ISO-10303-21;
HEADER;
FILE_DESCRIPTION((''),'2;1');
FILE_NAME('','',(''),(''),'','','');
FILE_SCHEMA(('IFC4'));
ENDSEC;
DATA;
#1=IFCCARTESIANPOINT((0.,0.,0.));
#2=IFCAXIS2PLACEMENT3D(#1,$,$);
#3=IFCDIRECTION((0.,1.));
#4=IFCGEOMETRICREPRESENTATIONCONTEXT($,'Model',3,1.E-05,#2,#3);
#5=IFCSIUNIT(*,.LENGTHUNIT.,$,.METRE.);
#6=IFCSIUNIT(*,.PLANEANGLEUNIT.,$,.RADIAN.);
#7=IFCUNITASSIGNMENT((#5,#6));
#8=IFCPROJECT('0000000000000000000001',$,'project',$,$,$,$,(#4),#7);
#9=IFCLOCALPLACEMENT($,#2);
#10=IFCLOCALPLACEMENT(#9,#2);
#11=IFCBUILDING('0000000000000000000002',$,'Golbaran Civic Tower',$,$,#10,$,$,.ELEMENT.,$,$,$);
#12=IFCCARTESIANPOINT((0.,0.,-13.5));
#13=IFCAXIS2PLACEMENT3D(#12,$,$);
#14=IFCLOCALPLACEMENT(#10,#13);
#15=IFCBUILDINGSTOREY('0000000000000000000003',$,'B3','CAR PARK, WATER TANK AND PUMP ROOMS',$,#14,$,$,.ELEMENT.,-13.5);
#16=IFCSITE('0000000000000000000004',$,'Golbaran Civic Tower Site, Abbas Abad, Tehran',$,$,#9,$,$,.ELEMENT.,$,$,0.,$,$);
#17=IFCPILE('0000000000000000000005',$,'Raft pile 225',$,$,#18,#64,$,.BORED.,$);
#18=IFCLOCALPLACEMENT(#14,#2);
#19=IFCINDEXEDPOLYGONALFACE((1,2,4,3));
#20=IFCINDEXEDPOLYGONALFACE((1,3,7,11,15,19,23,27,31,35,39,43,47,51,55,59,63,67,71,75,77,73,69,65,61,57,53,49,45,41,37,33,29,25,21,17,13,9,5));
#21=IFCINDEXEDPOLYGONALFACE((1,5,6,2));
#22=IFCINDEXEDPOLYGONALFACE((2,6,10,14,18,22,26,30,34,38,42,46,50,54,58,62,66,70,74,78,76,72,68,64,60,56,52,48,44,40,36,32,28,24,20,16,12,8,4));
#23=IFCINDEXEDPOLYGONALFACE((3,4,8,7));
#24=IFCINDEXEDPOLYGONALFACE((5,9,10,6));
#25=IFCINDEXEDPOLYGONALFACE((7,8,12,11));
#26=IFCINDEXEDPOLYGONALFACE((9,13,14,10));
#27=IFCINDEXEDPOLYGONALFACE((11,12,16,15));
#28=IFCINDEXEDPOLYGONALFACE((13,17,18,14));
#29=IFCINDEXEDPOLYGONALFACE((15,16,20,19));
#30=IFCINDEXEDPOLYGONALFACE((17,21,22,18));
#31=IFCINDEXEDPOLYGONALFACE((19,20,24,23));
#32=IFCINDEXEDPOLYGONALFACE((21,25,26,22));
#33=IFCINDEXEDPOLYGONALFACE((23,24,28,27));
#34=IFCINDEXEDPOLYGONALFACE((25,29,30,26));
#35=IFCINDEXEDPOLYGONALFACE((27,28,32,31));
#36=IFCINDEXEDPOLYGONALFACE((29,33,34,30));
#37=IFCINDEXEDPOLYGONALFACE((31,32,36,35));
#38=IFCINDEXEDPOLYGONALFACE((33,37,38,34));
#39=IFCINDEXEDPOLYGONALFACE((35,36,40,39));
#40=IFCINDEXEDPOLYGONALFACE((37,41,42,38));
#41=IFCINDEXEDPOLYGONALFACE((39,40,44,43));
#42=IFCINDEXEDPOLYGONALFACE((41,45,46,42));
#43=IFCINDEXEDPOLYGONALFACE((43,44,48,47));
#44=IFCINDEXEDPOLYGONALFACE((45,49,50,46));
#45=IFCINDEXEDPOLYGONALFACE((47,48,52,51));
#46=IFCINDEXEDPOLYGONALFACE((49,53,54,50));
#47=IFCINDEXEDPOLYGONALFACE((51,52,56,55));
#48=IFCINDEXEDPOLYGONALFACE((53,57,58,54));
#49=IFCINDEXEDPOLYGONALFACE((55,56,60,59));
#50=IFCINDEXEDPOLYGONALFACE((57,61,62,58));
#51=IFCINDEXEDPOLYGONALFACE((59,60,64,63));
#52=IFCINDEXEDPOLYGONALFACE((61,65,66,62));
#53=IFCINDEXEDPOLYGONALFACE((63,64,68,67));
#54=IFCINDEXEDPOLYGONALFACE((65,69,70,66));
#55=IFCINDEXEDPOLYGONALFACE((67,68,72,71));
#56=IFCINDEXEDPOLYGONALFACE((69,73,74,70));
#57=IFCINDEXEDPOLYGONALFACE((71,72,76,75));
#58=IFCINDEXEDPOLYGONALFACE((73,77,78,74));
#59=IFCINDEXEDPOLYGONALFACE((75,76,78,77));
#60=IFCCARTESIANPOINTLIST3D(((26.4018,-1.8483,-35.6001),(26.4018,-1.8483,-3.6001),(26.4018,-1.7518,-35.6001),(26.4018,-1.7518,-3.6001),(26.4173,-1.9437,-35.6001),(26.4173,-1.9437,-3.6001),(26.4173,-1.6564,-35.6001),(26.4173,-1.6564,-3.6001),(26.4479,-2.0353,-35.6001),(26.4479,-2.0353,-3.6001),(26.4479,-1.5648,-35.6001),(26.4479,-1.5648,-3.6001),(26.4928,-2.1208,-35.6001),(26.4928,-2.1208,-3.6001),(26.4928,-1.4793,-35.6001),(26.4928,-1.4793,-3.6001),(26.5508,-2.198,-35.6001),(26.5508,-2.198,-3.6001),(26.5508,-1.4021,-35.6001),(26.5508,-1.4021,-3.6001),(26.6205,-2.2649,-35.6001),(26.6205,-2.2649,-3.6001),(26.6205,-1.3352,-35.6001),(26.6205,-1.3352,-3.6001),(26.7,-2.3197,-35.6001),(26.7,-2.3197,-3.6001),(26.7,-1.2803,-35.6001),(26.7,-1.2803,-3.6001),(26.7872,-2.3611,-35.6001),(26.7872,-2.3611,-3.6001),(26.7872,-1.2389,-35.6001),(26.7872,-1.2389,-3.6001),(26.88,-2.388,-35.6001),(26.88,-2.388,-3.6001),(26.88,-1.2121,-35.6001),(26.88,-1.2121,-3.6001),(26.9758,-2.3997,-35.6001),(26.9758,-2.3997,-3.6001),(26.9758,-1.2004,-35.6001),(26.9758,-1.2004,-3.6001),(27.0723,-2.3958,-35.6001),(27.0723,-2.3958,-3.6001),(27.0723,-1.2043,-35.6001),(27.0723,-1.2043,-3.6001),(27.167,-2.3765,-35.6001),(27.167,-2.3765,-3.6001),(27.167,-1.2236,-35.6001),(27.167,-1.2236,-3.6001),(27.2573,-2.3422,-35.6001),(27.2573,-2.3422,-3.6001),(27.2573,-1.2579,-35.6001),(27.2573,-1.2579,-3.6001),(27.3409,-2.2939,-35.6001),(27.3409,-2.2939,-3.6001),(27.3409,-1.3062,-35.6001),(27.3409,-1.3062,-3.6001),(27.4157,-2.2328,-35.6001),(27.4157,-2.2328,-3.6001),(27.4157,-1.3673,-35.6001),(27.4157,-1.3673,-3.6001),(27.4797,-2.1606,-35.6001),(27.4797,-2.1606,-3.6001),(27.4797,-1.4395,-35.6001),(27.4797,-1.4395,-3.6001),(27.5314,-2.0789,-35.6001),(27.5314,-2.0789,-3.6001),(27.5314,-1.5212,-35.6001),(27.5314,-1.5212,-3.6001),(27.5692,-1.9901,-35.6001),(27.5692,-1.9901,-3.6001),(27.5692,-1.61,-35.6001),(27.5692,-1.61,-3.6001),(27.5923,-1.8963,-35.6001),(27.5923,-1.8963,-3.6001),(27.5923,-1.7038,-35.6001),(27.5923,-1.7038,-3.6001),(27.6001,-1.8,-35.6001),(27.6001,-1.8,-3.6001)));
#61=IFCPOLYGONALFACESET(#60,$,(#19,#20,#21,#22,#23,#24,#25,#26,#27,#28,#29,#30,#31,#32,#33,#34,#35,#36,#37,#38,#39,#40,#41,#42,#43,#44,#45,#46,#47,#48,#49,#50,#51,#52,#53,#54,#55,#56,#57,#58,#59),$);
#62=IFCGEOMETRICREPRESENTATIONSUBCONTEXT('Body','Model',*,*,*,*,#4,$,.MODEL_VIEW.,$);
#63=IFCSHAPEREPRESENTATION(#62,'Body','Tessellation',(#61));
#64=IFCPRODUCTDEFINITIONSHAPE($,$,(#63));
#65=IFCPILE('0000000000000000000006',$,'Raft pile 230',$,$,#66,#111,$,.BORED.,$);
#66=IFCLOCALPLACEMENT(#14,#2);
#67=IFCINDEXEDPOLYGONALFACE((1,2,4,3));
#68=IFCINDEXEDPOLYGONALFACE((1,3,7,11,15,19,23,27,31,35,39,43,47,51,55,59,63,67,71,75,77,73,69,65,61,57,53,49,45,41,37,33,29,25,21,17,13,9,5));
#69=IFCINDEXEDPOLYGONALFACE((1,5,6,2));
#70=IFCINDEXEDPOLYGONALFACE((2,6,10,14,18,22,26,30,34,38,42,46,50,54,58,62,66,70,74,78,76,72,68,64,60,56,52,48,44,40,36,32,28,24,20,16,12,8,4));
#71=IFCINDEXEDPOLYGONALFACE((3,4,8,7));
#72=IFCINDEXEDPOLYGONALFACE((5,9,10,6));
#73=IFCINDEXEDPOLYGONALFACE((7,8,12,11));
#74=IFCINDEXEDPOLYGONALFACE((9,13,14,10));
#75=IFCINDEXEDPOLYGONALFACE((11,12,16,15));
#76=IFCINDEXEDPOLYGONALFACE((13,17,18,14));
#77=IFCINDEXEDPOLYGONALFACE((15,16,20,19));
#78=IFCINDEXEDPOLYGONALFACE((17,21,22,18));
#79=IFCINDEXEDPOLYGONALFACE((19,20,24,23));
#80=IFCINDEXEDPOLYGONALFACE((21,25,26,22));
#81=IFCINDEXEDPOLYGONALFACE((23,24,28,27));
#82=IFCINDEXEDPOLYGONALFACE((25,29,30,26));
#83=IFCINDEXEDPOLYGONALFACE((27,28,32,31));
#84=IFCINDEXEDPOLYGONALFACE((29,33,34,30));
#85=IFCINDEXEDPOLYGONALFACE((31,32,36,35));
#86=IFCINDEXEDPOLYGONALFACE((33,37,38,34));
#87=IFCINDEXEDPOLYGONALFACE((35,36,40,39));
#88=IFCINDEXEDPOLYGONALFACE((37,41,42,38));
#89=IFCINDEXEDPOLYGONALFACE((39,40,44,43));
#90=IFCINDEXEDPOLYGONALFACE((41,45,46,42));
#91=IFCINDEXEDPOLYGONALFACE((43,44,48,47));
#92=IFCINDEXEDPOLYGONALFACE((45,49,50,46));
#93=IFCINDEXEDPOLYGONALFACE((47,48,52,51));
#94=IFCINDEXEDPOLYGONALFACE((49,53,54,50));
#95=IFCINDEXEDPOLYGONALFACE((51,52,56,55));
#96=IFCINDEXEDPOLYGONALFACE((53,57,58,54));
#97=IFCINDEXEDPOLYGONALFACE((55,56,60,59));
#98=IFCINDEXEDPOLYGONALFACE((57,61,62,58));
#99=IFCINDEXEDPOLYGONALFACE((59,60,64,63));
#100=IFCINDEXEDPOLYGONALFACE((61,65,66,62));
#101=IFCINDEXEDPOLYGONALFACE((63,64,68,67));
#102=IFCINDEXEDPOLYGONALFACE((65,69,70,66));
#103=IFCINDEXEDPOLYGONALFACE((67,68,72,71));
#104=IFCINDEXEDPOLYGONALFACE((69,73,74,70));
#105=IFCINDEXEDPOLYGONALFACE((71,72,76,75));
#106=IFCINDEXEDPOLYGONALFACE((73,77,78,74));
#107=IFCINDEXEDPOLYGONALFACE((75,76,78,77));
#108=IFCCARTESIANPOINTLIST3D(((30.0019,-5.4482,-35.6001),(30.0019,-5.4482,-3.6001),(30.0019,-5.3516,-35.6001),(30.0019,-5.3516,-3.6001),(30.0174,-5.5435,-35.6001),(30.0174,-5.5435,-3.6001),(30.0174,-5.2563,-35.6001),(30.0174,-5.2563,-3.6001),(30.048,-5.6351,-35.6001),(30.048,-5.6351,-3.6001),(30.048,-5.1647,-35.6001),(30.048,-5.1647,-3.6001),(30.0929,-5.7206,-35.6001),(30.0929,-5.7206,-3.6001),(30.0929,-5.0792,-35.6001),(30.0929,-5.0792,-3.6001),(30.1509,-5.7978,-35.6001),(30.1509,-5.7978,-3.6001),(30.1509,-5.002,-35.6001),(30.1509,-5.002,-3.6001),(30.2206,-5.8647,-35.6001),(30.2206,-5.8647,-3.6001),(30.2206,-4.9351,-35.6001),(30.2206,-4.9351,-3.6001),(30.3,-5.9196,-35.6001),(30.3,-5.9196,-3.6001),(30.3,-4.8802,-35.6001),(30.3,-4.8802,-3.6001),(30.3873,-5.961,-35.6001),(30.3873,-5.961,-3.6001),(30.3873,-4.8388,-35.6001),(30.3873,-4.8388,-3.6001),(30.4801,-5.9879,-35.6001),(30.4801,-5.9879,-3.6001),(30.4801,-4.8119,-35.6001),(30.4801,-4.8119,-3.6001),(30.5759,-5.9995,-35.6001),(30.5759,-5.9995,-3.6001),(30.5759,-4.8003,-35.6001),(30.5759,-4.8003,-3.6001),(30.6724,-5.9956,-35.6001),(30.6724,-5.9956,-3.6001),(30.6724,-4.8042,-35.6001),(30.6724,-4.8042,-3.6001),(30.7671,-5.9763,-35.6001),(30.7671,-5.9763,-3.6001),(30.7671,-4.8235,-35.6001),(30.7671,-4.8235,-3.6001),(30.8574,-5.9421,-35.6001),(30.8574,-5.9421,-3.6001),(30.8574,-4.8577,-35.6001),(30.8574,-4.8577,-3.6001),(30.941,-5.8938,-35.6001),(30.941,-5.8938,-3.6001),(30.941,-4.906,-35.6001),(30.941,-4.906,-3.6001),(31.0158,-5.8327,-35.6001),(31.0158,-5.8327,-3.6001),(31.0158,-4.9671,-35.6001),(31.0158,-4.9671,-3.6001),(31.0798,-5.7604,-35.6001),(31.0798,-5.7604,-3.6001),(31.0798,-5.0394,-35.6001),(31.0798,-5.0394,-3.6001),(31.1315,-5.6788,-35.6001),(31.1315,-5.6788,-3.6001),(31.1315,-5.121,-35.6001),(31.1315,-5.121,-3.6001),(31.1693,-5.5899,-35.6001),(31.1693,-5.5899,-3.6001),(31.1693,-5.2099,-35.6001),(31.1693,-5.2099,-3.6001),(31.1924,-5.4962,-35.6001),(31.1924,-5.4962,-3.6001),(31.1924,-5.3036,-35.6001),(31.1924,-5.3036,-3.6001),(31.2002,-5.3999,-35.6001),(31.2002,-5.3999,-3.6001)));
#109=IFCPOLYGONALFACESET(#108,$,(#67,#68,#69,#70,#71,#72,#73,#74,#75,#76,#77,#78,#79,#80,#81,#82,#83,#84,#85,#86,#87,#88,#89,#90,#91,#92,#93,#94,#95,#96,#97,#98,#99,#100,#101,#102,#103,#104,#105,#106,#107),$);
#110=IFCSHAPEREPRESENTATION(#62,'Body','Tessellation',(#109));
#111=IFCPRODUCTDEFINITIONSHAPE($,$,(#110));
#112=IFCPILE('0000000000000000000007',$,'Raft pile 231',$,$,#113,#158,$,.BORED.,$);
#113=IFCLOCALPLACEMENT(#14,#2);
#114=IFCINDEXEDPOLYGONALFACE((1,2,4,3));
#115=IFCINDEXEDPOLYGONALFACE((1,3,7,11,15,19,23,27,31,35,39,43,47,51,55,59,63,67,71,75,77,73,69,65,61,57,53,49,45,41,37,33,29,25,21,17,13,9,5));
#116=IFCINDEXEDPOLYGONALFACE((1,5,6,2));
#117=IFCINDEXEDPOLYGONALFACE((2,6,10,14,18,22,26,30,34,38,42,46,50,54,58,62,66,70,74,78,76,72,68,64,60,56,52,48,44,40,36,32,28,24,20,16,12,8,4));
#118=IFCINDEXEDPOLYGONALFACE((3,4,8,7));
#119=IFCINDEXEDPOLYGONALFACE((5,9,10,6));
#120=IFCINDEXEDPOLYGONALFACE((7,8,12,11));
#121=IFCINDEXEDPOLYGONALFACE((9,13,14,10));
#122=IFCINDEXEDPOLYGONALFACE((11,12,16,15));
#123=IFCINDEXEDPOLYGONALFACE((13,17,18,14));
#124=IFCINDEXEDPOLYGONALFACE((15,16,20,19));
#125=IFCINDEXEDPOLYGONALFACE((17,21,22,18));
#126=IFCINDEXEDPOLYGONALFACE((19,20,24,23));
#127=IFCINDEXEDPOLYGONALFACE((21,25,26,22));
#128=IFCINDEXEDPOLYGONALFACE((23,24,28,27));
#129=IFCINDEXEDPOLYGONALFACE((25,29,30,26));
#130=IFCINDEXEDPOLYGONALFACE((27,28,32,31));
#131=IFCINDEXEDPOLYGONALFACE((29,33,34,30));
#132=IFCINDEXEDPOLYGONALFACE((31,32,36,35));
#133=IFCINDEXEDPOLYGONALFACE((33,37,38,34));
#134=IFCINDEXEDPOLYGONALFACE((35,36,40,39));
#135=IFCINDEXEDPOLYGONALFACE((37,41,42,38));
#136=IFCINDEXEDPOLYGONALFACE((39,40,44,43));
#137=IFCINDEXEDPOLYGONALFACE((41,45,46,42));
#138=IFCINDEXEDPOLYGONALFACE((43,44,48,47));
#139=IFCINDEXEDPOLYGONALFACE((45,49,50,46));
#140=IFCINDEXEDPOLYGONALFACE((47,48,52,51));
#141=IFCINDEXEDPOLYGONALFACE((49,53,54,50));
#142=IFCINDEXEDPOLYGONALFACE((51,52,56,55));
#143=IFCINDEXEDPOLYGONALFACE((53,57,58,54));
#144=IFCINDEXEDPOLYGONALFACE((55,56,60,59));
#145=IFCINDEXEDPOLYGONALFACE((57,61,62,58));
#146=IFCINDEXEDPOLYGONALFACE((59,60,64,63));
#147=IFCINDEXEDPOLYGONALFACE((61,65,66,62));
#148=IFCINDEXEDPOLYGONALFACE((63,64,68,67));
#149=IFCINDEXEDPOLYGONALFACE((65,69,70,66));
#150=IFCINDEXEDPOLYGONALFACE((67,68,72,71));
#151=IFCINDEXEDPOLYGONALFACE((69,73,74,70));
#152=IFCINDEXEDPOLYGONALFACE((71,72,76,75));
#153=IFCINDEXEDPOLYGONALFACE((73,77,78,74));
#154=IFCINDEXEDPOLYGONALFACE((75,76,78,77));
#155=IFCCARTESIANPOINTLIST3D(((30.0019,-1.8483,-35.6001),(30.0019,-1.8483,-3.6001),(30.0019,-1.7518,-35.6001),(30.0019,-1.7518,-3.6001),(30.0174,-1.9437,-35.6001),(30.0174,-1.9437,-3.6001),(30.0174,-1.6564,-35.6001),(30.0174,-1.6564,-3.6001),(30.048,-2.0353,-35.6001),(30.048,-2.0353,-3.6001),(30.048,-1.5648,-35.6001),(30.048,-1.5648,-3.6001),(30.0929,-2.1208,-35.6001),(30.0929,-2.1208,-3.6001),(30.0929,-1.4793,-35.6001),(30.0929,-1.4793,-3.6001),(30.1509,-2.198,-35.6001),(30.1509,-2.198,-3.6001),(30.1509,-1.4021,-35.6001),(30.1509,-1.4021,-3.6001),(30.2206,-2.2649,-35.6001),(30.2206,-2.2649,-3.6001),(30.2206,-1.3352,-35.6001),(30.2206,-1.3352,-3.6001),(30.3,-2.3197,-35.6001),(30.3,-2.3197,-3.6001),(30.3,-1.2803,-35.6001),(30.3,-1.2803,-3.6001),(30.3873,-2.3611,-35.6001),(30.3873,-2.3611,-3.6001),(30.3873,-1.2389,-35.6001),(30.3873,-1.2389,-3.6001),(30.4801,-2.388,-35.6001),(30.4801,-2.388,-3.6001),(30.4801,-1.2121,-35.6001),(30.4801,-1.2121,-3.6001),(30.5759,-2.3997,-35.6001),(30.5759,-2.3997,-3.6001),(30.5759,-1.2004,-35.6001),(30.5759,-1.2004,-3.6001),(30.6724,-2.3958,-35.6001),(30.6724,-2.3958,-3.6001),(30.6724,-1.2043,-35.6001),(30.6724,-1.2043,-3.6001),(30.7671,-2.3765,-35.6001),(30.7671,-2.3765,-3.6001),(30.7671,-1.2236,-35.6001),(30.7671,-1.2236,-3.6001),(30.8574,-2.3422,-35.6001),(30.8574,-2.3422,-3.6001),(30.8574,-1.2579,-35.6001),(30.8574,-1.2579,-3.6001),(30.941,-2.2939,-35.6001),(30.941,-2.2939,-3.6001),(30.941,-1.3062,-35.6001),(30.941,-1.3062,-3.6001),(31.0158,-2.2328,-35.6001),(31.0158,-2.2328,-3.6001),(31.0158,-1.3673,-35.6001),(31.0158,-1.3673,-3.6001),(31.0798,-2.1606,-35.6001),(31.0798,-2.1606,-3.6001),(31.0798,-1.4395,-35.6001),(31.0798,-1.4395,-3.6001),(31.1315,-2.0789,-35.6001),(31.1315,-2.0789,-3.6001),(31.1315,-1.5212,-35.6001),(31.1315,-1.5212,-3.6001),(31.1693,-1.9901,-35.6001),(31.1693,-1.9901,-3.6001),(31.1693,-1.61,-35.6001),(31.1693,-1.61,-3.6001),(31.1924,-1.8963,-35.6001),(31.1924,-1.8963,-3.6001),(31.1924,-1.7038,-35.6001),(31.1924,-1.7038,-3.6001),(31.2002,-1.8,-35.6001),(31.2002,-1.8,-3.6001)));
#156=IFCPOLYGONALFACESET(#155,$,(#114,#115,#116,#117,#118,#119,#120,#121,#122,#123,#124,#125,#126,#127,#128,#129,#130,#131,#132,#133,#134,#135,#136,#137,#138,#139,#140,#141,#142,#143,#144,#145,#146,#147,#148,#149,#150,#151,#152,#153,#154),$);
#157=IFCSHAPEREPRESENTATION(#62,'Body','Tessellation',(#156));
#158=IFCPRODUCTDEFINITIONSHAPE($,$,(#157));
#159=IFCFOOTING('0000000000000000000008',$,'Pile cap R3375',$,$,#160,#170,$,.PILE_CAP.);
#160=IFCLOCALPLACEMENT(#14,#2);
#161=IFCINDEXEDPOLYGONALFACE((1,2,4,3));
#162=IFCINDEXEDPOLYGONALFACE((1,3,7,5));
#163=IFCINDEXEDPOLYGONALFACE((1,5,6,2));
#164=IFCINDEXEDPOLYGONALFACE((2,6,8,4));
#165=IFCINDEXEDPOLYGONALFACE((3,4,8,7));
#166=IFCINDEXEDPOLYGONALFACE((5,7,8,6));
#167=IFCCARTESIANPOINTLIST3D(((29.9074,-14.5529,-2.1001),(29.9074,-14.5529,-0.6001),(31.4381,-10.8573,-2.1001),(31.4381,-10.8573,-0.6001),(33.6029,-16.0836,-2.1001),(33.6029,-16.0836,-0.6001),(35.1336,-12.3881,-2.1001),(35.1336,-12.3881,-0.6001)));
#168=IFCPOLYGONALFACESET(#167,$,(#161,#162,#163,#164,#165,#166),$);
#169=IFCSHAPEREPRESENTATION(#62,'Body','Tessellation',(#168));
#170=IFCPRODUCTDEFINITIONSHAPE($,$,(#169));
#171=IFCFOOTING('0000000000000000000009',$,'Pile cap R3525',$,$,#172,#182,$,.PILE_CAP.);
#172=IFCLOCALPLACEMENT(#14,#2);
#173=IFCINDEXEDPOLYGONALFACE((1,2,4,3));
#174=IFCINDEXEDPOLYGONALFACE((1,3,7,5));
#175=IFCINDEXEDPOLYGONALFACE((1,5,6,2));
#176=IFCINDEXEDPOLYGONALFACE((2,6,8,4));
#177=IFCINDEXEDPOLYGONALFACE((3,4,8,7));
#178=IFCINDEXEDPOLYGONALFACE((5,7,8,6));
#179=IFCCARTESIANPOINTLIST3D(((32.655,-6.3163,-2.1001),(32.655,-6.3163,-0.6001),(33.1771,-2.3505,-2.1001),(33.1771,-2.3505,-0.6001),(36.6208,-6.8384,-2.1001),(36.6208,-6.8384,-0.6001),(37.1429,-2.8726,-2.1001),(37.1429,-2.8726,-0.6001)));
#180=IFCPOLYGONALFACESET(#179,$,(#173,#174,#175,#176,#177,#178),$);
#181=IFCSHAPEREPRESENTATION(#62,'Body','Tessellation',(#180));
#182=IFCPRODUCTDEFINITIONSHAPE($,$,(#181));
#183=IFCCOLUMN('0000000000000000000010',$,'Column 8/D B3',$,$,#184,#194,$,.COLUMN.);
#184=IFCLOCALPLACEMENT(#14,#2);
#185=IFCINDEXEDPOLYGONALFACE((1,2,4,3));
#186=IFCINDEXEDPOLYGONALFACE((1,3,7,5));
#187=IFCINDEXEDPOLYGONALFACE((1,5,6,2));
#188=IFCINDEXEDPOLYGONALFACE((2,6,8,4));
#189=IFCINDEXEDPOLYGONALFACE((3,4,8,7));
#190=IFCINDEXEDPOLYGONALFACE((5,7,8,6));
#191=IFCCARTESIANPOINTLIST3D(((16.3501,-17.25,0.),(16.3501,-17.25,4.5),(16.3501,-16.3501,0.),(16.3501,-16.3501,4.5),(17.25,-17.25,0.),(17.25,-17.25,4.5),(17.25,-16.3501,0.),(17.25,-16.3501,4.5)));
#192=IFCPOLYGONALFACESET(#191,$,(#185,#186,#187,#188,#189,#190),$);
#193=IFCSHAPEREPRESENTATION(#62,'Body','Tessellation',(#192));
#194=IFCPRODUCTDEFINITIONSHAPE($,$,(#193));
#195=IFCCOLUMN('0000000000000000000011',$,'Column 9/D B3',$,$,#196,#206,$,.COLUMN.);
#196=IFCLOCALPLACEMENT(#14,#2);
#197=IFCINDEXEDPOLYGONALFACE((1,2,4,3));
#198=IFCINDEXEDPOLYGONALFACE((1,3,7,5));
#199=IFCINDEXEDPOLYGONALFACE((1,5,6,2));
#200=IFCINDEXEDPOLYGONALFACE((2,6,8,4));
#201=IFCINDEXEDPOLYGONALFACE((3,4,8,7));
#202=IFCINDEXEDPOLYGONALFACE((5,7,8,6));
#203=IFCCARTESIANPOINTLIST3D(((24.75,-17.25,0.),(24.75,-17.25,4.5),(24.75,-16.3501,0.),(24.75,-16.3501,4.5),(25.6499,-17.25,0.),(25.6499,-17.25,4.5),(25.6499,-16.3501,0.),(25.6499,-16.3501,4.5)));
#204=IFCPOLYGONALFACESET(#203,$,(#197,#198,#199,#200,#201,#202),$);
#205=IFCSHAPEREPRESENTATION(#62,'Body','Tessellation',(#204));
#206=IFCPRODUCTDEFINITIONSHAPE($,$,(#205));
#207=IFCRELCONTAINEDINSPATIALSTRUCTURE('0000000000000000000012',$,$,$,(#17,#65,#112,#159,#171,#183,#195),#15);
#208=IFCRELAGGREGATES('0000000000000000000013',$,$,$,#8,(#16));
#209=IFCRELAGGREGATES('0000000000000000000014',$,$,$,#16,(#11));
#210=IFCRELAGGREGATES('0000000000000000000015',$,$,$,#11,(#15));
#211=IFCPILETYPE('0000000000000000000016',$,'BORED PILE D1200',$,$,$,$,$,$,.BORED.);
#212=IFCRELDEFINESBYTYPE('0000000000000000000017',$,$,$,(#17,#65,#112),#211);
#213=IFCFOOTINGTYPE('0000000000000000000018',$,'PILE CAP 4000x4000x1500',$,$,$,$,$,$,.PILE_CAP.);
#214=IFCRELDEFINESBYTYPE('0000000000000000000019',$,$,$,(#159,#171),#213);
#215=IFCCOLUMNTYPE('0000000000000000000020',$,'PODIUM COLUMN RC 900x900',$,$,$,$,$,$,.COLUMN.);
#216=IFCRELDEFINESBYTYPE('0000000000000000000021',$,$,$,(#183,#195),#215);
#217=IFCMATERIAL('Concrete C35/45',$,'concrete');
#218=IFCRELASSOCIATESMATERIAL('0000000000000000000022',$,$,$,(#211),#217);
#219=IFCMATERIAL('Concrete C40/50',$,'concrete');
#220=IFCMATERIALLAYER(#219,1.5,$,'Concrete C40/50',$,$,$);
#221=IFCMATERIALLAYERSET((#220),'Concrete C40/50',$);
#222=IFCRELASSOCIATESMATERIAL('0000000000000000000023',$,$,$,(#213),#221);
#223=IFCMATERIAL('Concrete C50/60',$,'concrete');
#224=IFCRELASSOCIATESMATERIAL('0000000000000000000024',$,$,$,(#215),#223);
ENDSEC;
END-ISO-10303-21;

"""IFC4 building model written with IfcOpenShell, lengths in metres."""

from ifc_helpers import new_model, si_unit, direction, frame, origin, origin_2d, place, context, subcontext, project, spatial, rectangle, circle, extrude, material, layer, layer_set, material_profile, profile_set, type_object, element, save


model = new_model("IFC4")

# Units and contexts
model_context = context("Model", 3, precision=1e-05, world=origin(), true_north=direction((0.0, 1.0)))
body_context = subcontext(model_context, "Body", "Model", "MODEL_VIEW")
ifc_project = project(units=[si_unit("LENGTHUNIT", "METRE"), si_unit("PLANEANGLEUNIT", "RADIAN")], contexts=[model_context])

# Site, building, storey
site_placement = place(None, origin())
site = spatial("IfcSite", under=ifc_project, at=site_placement, Name="Golbaran Civic Tower Site, Abbas Abad, Tehran", CompositionType="ELEMENT", RefElevation=0.0)
building_placement = place(site_placement, origin())
building = spatial("IfcBuilding", under=site, at=building_placement, Name="Golbaran Civic Tower", CompositionType="ELEMENT")
storey_placement = place(building_placement, frame((0.0, 0.0, -13.5)))
storey = spatial("IfcBuildingStorey", under=building, at=storey_placement, Name="B3", Description="CAR PARK, WATER TANK AND PUMP ROOMS", CompositionType="ELEMENT", Elevation=-13.5)

# Piles
ifc_material_1 = material(Name="Concrete C35/45", Category="concrete")
ifc_material_profile_1 = material_profile(ifc_material_1, circle(Radius=0.6001, at=origin_2d()), Name="BORED PILE D1200")
ifc_profile_set_1 = profile_set([ifc_material_profile_1], Name="Concrete C35/45")
pile_type_1 = type_object("IfcPileType", Name="BORED PILE D1200", PredefinedType="BORED", material=ifc_profile_set_1)
for number, where, z_axis, x_axis, name in (
    (1, (27.0, -1.8, -3.6001), (0.0, 0.0, -1.0), (1.0, 0.0, 0.0), "Raft pile 225"),
    (2, (30.6001, -5.3999, -3.6001), (0.0, 0.0, -1.0), (1.0, 0.0, 0.0), "Raft pile 230"),
    (3, (30.6001, -1.8, -3.6001), (0.0, 0.0, -1.0), (1.0, 0.0, 0.0), "Raft pile 231"),
):
    element("IfcPile", number, at=place(storey_placement, frame(where, z_axis=z_axis, x_axis=x_axis)), inside=storey, type_object=pile_type_1, Name=name, PredefinedType="BORED", context=body_context, shape_type="SweptSolid", body=[
        extrude(circle(Radius=0.6001, at=origin_2d()), origin(), (0.0, 0.0, 1.0), 32.0),
    ])

# Footings
ifc_material_2 = material(Name="Concrete C40/50", Category="concrete")
ifc_layer = layer(ifc_material_2, 1.5, Name="Concrete C40/50")
ifc_layer_set = layer_set([ifc_layer], Name="Concrete C40/50")
footing_type = type_object("IfcFootingType", Name="PILE CAP 4000x4000x1500", PredefinedType="PILE_CAP", material=ifc_layer_set)
for number, where, z_axis, x_axis, name in (
    (4, (32.5205, -13.4705, -2.1001), (0.0, 0.0, 1.0), (0.92388, -0.382683, 0.0), "Pile cap R3375"),
    (5, (34.8989, -4.5945, -2.1001), (0.0, 0.0, 1.0), (0.991445, -0.130526, 0.0), "Pile cap R3525"),
):
    element("IfcFooting", number, at=place(storey_placement, frame(where, z_axis=z_axis, x_axis=x_axis)), inside=storey, type_object=footing_type, Name=name, PredefinedType="PILE_CAP", context=body_context, shape_type="SweptSolid", body=[
        extrude(rectangle(XDim=4.0, YDim=4.0, at=origin_2d()), origin(), (0.0, 0.0, 1.0), 1.5),
    ])

# Columns
ifc_material_3 = material(Name="Concrete C50/60", Category="concrete")
ifc_material_profile_2 = material_profile(ifc_material_3, rectangle(XDim=0.8999, YDim=0.8999, at=origin_2d()), Name="RC 900x900")
ifc_profile_set_2 = profile_set([ifc_material_profile_2], Name="Concrete C50/60")
column_type_1 = type_object("IfcColumnType", Name="PODIUM COLUMN RC 900x900", PredefinedType="COLUMN", material=ifc_profile_set_2)
for number, where, z_axis, x_axis, name in (
    (6, (16.8, -16.8, 0.0), (0.0, 0.0, 1.0), (1.0, 0.0, 0.0), "Column 8/D B3"),
    (7, (25.2, -16.8, 0.0), (0.0, 0.0, 1.0), (1.0, 0.0, 0.0), "Column 9/D B3"),
):
    element("IfcColumn", number, at=place(storey_placement, frame(where, z_axis=z_axis, x_axis=x_axis)), inside=storey, type_object=column_type_1, Name=name, PredefinedType="COLUMN", context=body_context, shape_type="SweptSolid", body=[
        extrude(rectangle(XDim=0.8999, YDim=0.8999, at=origin_2d()), origin(), (0.0, 0.0, 1.0), 4.5),
    ])

save(model, "model.ifc")
